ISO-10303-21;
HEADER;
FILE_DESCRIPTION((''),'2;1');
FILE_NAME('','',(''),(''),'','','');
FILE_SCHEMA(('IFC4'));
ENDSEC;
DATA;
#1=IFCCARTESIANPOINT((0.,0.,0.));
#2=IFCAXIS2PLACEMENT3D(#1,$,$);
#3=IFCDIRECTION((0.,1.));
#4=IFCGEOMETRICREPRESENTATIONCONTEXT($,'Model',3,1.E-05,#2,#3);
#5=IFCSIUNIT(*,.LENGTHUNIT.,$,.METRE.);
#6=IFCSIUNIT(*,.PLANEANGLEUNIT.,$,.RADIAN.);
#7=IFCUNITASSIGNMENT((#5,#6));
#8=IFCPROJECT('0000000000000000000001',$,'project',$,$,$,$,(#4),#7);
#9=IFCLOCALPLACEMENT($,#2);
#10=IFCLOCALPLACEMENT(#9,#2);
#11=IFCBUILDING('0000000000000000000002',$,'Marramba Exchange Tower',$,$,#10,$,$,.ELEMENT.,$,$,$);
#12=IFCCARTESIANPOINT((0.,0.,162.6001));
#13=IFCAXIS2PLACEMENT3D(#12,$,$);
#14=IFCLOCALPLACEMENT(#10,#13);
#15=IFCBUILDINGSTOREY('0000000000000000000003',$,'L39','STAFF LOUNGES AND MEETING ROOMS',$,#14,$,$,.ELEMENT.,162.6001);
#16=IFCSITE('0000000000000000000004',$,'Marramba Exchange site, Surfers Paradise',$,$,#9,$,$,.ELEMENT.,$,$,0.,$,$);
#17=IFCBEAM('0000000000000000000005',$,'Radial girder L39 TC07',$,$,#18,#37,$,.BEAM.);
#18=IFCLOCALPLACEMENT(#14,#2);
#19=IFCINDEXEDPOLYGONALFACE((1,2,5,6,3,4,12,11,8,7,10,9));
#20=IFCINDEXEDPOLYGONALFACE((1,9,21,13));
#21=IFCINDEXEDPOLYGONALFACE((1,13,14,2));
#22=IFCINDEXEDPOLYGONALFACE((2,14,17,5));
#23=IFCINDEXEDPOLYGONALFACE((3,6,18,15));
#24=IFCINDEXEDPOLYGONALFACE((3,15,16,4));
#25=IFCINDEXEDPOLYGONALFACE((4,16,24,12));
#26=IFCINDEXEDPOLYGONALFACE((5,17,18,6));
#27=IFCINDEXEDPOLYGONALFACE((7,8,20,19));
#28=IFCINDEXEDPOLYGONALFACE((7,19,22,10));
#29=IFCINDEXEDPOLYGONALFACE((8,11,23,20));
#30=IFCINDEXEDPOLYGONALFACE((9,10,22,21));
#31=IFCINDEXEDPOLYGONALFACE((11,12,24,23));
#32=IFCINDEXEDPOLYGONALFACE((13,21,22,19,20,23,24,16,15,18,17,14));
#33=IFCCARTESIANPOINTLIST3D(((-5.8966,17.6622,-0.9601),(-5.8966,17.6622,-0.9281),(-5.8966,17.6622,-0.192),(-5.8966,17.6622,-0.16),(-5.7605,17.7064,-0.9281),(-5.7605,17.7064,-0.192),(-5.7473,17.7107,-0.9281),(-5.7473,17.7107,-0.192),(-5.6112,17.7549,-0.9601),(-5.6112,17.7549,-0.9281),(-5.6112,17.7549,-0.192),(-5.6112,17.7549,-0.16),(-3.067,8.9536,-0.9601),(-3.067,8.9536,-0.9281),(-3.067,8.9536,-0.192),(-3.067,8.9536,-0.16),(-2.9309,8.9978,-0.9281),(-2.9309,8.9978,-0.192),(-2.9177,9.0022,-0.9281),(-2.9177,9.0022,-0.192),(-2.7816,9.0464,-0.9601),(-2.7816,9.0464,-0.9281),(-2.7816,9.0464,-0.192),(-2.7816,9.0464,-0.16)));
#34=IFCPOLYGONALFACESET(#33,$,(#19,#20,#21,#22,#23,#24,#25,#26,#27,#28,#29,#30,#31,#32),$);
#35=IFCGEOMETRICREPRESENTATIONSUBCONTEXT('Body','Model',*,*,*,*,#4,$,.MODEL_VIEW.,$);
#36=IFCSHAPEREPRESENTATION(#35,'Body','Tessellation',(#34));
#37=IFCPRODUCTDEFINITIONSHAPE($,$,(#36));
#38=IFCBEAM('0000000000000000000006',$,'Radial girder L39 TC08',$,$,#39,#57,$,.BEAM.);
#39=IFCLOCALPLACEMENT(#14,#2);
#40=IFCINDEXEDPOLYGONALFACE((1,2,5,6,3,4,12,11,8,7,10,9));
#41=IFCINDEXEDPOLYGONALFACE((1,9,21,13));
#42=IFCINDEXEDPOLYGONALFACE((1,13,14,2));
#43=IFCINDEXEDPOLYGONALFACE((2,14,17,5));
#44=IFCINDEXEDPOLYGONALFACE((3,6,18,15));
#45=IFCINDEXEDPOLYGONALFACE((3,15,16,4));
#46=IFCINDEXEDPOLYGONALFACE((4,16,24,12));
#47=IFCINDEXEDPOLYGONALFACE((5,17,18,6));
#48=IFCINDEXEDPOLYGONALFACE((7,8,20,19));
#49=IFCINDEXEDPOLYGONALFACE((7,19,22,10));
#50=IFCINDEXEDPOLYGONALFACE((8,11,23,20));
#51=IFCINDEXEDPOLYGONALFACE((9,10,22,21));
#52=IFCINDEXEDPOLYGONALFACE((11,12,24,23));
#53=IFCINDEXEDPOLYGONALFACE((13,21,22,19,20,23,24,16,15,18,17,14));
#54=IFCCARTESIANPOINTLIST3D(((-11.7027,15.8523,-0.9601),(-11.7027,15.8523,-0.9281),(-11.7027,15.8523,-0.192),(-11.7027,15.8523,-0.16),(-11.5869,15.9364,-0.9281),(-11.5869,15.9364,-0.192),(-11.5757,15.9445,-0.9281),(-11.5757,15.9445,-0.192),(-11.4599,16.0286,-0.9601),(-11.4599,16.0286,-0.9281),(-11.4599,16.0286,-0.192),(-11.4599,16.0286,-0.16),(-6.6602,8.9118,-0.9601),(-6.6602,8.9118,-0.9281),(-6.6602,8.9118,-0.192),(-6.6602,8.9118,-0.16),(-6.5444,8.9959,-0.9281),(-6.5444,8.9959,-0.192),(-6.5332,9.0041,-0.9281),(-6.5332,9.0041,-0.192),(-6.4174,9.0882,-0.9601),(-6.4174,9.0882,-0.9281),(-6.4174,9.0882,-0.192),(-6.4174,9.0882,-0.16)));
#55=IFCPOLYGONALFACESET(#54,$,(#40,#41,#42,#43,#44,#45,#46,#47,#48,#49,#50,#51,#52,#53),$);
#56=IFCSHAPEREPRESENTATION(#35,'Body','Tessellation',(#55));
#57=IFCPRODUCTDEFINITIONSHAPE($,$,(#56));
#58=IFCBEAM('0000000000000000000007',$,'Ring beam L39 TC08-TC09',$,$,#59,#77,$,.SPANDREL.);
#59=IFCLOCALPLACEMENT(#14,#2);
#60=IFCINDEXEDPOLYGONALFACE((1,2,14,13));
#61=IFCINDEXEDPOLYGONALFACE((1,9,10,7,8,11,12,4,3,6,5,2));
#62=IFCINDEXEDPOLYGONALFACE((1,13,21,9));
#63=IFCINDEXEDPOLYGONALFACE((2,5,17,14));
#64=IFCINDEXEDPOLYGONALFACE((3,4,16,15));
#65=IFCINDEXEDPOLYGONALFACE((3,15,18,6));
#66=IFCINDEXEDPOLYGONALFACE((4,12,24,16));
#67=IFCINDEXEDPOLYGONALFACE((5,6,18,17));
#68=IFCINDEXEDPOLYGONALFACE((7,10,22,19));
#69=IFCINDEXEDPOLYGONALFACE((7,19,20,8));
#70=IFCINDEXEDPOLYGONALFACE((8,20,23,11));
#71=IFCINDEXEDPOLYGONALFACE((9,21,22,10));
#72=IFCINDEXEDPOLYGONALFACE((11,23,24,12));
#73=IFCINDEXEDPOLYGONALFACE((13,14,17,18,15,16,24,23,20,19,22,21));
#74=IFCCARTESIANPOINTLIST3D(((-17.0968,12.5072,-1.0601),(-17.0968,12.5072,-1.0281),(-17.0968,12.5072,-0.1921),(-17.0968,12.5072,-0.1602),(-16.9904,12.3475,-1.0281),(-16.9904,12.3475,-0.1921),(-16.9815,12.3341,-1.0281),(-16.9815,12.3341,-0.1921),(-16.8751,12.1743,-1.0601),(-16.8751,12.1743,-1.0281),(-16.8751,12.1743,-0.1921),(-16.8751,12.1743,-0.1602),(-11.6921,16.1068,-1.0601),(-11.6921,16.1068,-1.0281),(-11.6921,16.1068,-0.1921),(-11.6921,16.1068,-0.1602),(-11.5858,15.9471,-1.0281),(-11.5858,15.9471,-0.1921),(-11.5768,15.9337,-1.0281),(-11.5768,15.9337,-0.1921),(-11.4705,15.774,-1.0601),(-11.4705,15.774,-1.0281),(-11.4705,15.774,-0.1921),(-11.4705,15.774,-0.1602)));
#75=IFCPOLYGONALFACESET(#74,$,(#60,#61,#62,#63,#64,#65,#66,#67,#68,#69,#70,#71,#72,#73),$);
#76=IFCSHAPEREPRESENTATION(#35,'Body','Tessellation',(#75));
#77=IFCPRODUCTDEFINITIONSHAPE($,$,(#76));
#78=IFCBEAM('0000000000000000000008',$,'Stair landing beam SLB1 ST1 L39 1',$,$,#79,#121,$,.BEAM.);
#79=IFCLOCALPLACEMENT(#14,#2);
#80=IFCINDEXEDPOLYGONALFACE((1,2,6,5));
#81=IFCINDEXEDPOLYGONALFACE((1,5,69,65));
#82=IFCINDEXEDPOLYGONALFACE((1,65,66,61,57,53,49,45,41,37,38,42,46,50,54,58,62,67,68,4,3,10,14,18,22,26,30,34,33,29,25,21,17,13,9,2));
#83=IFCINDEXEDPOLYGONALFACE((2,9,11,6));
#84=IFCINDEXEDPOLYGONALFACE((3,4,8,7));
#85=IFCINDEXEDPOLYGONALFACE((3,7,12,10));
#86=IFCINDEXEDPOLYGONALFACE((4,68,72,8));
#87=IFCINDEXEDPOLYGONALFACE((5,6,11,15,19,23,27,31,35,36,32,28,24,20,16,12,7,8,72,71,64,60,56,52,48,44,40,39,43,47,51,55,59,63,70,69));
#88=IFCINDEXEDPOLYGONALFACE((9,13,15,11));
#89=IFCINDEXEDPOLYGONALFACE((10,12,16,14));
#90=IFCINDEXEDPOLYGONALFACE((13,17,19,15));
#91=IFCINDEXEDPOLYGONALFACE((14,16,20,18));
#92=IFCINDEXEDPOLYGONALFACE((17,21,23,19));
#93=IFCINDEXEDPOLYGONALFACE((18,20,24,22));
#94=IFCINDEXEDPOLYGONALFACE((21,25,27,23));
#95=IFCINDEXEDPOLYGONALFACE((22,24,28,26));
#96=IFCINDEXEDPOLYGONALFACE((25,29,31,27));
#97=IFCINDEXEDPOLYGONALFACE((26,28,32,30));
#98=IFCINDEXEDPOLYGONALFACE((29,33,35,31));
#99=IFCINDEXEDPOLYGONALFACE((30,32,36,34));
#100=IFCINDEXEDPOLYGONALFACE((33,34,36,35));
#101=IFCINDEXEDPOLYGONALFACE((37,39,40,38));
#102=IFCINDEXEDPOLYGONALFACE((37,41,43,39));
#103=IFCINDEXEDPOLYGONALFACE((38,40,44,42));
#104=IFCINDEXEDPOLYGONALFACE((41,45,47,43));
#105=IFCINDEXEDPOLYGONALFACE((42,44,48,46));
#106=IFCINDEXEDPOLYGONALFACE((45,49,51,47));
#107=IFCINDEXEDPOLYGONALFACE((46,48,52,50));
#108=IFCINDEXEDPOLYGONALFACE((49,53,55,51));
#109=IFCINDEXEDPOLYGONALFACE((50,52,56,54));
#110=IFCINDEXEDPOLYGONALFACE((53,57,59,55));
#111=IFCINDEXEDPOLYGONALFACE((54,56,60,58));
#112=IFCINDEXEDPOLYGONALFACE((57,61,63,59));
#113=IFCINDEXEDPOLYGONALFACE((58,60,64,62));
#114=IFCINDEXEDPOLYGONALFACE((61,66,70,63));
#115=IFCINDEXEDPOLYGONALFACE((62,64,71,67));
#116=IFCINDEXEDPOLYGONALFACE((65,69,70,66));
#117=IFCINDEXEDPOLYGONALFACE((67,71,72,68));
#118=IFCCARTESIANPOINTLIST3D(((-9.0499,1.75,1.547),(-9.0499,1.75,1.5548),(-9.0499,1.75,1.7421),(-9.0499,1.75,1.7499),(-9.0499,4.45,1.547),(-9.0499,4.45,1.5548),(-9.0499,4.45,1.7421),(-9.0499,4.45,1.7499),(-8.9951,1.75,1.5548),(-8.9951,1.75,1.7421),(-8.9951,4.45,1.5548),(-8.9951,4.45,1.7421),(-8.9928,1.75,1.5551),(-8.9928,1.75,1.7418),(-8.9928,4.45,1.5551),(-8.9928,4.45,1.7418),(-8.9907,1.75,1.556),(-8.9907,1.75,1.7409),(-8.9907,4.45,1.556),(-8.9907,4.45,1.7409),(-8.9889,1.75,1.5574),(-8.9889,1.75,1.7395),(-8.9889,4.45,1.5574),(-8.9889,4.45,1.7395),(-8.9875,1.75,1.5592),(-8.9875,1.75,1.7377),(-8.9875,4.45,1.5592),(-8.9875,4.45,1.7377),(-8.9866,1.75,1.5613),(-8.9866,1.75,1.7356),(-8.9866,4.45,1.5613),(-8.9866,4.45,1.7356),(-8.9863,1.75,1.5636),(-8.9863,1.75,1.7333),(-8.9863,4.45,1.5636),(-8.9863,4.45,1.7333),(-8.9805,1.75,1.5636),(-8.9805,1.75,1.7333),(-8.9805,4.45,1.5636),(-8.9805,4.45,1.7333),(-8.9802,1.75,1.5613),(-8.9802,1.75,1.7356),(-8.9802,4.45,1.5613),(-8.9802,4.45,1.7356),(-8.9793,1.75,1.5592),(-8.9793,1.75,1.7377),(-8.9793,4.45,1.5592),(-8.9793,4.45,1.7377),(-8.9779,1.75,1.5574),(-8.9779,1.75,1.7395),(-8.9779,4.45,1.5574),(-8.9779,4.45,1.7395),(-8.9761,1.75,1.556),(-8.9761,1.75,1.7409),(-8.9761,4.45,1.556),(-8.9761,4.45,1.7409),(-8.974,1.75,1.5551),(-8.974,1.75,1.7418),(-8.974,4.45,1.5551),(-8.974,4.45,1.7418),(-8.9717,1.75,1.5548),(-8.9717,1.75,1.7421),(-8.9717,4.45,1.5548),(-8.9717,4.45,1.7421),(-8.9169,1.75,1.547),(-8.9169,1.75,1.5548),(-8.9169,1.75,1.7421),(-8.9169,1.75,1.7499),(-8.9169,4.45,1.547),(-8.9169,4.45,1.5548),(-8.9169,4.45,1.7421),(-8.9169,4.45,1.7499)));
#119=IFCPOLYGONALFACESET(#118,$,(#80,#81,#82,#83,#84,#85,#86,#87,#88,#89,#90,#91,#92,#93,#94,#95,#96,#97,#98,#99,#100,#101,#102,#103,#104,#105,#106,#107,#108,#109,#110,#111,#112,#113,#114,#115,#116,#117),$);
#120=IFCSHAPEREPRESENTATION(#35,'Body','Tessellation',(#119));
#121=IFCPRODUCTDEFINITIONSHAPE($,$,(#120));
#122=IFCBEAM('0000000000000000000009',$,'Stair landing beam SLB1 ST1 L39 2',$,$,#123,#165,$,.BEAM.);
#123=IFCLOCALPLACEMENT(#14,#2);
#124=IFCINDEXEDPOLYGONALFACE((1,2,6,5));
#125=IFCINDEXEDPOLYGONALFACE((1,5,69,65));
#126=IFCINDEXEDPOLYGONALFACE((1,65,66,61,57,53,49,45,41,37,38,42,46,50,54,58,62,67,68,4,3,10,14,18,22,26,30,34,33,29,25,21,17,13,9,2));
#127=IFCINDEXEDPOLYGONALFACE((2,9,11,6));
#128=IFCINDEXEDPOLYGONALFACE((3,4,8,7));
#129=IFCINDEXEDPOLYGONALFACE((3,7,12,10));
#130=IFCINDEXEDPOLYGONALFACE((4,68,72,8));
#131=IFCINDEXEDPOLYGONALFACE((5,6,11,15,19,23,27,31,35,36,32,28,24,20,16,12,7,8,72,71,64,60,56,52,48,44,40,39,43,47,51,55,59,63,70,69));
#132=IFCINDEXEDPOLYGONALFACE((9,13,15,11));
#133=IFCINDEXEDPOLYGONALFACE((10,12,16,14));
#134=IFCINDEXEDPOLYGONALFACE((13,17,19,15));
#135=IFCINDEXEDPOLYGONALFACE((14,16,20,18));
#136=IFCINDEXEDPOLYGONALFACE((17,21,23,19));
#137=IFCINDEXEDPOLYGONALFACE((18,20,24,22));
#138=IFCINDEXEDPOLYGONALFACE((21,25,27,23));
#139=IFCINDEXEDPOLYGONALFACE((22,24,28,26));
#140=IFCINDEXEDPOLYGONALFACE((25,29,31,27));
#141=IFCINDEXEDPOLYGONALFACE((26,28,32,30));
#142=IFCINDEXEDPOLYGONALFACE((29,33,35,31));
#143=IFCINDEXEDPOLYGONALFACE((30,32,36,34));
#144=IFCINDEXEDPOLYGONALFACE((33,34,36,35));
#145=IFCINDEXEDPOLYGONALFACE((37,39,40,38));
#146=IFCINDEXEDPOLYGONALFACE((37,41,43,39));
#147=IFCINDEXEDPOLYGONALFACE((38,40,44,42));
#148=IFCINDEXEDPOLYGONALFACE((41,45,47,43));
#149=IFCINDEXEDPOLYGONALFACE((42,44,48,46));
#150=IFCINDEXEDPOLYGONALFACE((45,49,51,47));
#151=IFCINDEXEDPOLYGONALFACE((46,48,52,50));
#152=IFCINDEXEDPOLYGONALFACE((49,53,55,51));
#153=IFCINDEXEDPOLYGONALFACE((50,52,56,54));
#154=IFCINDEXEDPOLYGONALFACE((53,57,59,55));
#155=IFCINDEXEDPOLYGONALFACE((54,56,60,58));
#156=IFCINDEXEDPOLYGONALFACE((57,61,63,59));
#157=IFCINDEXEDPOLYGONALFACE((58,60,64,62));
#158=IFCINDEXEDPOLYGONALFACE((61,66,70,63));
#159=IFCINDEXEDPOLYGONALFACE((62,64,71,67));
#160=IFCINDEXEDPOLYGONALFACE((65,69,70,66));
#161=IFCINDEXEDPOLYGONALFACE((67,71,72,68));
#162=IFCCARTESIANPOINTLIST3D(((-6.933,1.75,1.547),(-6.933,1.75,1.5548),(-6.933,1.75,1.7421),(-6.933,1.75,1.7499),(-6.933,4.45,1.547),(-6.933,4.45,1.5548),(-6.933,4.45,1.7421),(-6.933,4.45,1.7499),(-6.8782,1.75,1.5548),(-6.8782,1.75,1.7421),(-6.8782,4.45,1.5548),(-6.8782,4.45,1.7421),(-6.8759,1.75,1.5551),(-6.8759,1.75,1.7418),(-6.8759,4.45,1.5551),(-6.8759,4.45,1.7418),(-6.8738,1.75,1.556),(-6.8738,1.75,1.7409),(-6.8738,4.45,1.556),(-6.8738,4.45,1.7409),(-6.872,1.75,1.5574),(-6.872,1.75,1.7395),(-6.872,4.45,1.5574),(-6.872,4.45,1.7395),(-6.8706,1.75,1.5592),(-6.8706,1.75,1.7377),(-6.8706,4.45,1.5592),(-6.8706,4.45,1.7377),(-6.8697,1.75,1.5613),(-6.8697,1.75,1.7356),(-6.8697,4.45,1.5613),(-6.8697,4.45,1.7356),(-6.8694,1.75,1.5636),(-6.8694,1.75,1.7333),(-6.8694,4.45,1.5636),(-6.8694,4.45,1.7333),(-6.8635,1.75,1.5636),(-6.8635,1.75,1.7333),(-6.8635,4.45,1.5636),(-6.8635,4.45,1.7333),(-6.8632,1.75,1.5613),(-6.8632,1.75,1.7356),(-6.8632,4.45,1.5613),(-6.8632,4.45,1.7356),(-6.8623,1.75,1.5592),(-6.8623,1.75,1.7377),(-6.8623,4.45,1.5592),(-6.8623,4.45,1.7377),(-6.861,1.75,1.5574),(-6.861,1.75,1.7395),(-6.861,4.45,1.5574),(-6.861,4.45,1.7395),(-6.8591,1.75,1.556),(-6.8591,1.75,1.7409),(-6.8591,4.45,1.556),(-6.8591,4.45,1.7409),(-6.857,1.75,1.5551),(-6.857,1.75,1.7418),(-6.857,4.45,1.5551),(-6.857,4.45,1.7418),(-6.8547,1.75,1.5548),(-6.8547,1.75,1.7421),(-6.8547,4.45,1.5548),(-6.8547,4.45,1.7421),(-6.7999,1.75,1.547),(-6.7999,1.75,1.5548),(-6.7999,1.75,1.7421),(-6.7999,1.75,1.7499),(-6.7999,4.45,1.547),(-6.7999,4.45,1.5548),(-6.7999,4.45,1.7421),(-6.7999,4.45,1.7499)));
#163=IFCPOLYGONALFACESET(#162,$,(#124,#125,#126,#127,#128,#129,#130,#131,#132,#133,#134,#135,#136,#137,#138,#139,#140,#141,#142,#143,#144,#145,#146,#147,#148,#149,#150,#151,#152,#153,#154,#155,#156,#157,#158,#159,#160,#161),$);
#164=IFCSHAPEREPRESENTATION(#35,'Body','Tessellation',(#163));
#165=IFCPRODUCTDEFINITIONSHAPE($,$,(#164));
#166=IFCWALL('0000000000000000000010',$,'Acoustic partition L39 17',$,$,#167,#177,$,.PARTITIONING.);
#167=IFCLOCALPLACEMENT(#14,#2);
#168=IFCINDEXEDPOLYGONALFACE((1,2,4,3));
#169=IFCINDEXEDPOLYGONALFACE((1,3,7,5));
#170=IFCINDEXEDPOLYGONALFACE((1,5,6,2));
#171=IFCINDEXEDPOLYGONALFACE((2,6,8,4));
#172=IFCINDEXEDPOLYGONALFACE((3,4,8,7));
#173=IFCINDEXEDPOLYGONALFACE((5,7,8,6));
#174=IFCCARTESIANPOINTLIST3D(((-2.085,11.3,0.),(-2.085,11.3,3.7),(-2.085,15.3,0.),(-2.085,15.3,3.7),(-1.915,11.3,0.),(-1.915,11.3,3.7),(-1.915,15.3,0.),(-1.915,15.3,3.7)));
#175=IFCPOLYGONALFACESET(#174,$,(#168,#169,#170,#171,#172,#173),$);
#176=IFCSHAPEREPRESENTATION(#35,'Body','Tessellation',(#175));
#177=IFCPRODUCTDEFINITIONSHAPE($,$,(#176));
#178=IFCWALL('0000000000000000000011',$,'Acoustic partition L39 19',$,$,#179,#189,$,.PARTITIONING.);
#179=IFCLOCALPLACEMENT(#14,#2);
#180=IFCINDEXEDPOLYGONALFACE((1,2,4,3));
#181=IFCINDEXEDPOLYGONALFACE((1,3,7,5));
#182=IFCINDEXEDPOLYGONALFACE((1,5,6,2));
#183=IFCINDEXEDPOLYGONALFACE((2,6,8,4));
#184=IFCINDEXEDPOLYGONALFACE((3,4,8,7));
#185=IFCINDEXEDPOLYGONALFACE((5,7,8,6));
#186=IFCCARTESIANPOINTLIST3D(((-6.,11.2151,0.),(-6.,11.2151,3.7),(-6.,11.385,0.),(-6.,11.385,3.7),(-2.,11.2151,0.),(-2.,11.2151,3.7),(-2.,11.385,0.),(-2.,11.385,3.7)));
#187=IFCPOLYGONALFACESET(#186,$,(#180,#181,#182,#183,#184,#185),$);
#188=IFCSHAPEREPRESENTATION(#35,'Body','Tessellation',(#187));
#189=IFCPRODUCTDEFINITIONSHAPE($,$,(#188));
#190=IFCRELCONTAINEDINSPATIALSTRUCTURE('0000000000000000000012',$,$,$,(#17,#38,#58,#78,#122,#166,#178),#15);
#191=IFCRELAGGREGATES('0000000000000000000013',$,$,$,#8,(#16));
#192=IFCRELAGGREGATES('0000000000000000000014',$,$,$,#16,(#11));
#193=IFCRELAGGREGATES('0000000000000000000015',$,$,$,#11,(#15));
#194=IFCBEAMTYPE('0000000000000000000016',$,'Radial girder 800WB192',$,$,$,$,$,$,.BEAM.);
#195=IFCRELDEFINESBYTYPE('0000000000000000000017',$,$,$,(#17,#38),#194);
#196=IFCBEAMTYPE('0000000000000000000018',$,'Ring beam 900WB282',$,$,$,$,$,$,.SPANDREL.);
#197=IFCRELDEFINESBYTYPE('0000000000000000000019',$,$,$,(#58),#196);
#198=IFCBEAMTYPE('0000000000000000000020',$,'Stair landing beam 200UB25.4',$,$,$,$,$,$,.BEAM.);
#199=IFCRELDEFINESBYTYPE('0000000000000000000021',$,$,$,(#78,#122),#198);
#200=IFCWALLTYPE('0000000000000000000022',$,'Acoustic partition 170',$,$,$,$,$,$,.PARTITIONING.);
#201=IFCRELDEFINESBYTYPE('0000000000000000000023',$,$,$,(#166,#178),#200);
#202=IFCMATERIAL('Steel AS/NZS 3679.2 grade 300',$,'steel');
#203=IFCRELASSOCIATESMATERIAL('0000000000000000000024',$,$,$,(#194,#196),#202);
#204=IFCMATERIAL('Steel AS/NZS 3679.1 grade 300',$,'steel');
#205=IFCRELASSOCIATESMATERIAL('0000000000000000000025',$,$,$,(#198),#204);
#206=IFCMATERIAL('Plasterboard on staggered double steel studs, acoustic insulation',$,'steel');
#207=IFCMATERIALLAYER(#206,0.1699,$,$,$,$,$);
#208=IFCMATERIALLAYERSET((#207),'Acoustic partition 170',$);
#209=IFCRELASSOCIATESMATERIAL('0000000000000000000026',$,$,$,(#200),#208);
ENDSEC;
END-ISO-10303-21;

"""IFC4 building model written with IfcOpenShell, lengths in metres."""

from ifc_helpers import new_model, si_unit, direction, frame, frame_2d, origin, origin_2d, place, context, subcontext, project, spatial, rectangle, i_section, extrude, material, layer, layer_set, material_profile, profile_set, type_object, element, save


model = new_model("IFC4")

# Units and contexts
model_context = context("Model", 3, precision=1e-05, world=origin(), true_north=direction((0.0, 1.0)))
body_context = subcontext(model_context, "Body", "Model", "MODEL_VIEW")
ifc_project = project(units=[si_unit("LENGTHUNIT", "METRE"), si_unit("PLANEANGLEUNIT", "RADIAN")], contexts=[model_context])

# Site, building, storey
site_placement = place(None, origin())
site = spatial("IfcSite", under=ifc_project, at=site_placement, Name="Marramba Exchange site, Surfers Paradise", CompositionType="ELEMENT", RefElevation=0.0)
building_placement = place(site_placement, origin())
building = spatial("IfcBuilding", under=site, at=building_placement, Name="Marramba Exchange Tower", CompositionType="ELEMENT")
storey_placement = place(building_placement, frame((0.0, 0.0, 162.6001)))
storey = spatial("IfcBuildingStorey", under=building, at=storey_placement, Name="L39", Description="STAFF LOUNGES AND MEETING ROOMS", CompositionType="ELEMENT", Elevation=162.6001)

# Beams
ifc_material_1 = material(Name="Steel AS/NZS 3679.2 grade 300", Category="steel")
ifc_material_2 = material(Name="Steel AS/NZS 3679.1 grade 300", Category="steel")
ifc_material_profile_1 = material_profile(ifc_material_1, i_section(OverallWidth=0.3, OverallDepth=0.8, WebThickness=0.0139, FlangeThickness=0.032, at=origin_2d()), Name="800WB192")
ifc_profile_set_1 = profile_set([ifc_material_profile_1], Name="Steel AS/NZS 3679.2 grade 300")
beam_type_1 = type_object("IfcBeamType", Name="Radial girder 800WB192", PredefinedType="BEAM", material=ifc_profile_set_1)
beam_1_placement = place(storey_placement, frame((-2.9243, 9.0, -0.5601), z_axis=(-0.30902, 0.951056, 0.0), x_axis=(-0.951056, -0.30902, 0.0)))
element("IfcBeam", 1, at=beam_1_placement, inside=storey, type_object=beam_type_1, Name="Radial girder L39 TC07", PredefinedType="BEAM", context=body_context, shape_type="SweptSolid", body=[
    extrude(i_section(OverallWidth=0.3, OverallDepth=0.8, WebThickness=0.0139, FlangeThickness=0.032, at=origin_2d()), origin(), (0.0, 0.0, 1.0), 9.1567),
])
beam_2_placement = place(storey_placement, frame((-6.5388, 9.0, -0.5601), z_axis=(-0.587782, 0.809019, 0.0), x_axis=(-0.809019, -0.587782, 0.0)))
element("IfcBeam", 2, at=beam_2_placement, inside=storey, type_object=beam_type_1, Name="Radial girder L39 TC08", PredefinedType="BEAM", context=body_context, shape_type="SweptSolid", body=[
    extrude(i_section(OverallWidth=0.3, OverallDepth=0.8, WebThickness=0.0139, FlangeThickness=0.032, at=origin_2d()), origin(), (0.0, 0.0, 1.0), 8.5789),
])
ifc_material_profile_2 = material_profile(ifc_material_1, i_section(OverallWidth=0.3999, OverallDepth=0.8999, WebThickness=0.0161, FlangeThickness=0.032, at=origin_2d()), Name="900WB282")
ifc_profile_set_2 = profile_set([ifc_material_profile_2], Name="Steel AS/NZS 3679.2 grade 300")
beam_type_2 = type_object("IfcBeamType", Name="Ring beam 900WB282", PredefinedType="SPANDREL", material=ifc_profile_set_2)
beam_3_placement = place(storey_placement, frame((-11.5813, 15.9404, -0.6101), z_axis=(-0.832293, -0.554336, 0.0), x_axis=(0.554336, -0.832293, 0.0)))
element("IfcBeam", 3, at=beam_3_placement, inside=storey, type_object=beam_type_2, Name="Ring beam L39 TC08-TC09", PredefinedType="SPANDREL", context=body_context, shape_type="SweptSolid", body=[
    extrude(i_section(OverallWidth=0.3999, OverallDepth=0.8999, WebThickness=0.0161, FlangeThickness=0.032, at=origin_2d()), origin(), (0.0, 0.0, 1.0), 6.4937),
])
ifc_material_profile_3 = material_profile(ifc_material_2, i_section(OverallWidth=0.1331, OverallDepth=0.2029, WebThickness=0.0059, FlangeThickness=0.0078, FilletRadius=0.0088, at=origin_2d()), Name="200UB25.4")
ifc_profile_set_3 = profile_set([ifc_material_profile_3], Name="Steel AS/NZS 3679.1 grade 300")
beam_type_3 = type_object("IfcBeamType", Name="Stair landing beam 200UB25.4", PredefinedType="BEAM", material=ifc_profile_set_3)
for number, where, z_axis, x_axis, name in (
    (4, (-8.9834, 1.75, 1.6484), (0.0, 1.0, 0.0), (-1.0, 0.0, 0.0), "Stair landing beam SLB1 ST1 L39 1"),
    (5, (-6.8665, 1.75, 1.6484), (0.0, 1.0, 0.0), (-1.0, 0.0, 0.0), "Stair landing beam SLB1 ST1 L39 2"),
):
    element("IfcBeam", number, at=place(storey_placement, frame(where, z_axis=z_axis, x_axis=x_axis)), inside=storey, type_object=beam_type_3, Name=name, PredefinedType="BEAM", context=body_context, shape_type="SweptSolid", body=[
        extrude(i_section(OverallWidth=0.1331, OverallDepth=0.2029, WebThickness=0.0059, FlangeThickness=0.0078, FilletRadius=0.0088, at=origin_2d()), origin(), (0.0, 0.0, 1.0), 2.7),
    ])

# Wall
ifc_material_3 = material(Name="Plasterboard on staggered double steel studs, acoustic insulation", Category="steel")
ifc_layer_1 = layer(ifc_material_3, 0.1699)
ifc_layer_set_1 = layer_set([ifc_layer_1], Name="Acoustic partition 170")
wall_type_1 = type_object("IfcWallType", Name="Acoustic partition 170", PredefinedType="PARTITIONING", material=ifc_layer_set_1)
wall_1_placement = place(storey_placement, frame((-2.0, 15.3, 0.0), z_axis=(0.0, 0.0, 1.0), x_axis=(0.0, -1.0, 0.0)))
element("IfcWall", 6, at=wall_1_placement, inside=storey, type_object=wall_type_1, Name="Acoustic partition L39 17", PredefinedType="PARTITIONING", context=body_context, shape_type="SweptSolid", body=[
    extrude(rectangle(XDim=4.0, YDim=0.1699, at=frame_2d((2.0, 0.0))), origin(), (0.0, 0.0, 1.0), 3.7),
])

# Wall
for number, where, z_axis, x_axis, name in (
    (7, (-2.0, 11.3, 0.0), (0.0, 0.0, 1.0), (-1.0, 0.0, 0.0), "Acoustic partition L39 19"),
):
    element("IfcWall", number, at=place(storey_placement, frame(where, z_axis=z_axis, x_axis=x_axis)), inside=storey, type_object=wall_type_1, Name=name, PredefinedType="PARTITIONING", context=body_context, shape_type="SweptSolid", body=[
        extrude(rectangle(XDim=4.0, YDim=0.1699, at=frame_2d((2.0, 0.0))), origin(), (0.0, 0.0, 1.0), 3.7),
    ])

save(model, "model.ifc")
